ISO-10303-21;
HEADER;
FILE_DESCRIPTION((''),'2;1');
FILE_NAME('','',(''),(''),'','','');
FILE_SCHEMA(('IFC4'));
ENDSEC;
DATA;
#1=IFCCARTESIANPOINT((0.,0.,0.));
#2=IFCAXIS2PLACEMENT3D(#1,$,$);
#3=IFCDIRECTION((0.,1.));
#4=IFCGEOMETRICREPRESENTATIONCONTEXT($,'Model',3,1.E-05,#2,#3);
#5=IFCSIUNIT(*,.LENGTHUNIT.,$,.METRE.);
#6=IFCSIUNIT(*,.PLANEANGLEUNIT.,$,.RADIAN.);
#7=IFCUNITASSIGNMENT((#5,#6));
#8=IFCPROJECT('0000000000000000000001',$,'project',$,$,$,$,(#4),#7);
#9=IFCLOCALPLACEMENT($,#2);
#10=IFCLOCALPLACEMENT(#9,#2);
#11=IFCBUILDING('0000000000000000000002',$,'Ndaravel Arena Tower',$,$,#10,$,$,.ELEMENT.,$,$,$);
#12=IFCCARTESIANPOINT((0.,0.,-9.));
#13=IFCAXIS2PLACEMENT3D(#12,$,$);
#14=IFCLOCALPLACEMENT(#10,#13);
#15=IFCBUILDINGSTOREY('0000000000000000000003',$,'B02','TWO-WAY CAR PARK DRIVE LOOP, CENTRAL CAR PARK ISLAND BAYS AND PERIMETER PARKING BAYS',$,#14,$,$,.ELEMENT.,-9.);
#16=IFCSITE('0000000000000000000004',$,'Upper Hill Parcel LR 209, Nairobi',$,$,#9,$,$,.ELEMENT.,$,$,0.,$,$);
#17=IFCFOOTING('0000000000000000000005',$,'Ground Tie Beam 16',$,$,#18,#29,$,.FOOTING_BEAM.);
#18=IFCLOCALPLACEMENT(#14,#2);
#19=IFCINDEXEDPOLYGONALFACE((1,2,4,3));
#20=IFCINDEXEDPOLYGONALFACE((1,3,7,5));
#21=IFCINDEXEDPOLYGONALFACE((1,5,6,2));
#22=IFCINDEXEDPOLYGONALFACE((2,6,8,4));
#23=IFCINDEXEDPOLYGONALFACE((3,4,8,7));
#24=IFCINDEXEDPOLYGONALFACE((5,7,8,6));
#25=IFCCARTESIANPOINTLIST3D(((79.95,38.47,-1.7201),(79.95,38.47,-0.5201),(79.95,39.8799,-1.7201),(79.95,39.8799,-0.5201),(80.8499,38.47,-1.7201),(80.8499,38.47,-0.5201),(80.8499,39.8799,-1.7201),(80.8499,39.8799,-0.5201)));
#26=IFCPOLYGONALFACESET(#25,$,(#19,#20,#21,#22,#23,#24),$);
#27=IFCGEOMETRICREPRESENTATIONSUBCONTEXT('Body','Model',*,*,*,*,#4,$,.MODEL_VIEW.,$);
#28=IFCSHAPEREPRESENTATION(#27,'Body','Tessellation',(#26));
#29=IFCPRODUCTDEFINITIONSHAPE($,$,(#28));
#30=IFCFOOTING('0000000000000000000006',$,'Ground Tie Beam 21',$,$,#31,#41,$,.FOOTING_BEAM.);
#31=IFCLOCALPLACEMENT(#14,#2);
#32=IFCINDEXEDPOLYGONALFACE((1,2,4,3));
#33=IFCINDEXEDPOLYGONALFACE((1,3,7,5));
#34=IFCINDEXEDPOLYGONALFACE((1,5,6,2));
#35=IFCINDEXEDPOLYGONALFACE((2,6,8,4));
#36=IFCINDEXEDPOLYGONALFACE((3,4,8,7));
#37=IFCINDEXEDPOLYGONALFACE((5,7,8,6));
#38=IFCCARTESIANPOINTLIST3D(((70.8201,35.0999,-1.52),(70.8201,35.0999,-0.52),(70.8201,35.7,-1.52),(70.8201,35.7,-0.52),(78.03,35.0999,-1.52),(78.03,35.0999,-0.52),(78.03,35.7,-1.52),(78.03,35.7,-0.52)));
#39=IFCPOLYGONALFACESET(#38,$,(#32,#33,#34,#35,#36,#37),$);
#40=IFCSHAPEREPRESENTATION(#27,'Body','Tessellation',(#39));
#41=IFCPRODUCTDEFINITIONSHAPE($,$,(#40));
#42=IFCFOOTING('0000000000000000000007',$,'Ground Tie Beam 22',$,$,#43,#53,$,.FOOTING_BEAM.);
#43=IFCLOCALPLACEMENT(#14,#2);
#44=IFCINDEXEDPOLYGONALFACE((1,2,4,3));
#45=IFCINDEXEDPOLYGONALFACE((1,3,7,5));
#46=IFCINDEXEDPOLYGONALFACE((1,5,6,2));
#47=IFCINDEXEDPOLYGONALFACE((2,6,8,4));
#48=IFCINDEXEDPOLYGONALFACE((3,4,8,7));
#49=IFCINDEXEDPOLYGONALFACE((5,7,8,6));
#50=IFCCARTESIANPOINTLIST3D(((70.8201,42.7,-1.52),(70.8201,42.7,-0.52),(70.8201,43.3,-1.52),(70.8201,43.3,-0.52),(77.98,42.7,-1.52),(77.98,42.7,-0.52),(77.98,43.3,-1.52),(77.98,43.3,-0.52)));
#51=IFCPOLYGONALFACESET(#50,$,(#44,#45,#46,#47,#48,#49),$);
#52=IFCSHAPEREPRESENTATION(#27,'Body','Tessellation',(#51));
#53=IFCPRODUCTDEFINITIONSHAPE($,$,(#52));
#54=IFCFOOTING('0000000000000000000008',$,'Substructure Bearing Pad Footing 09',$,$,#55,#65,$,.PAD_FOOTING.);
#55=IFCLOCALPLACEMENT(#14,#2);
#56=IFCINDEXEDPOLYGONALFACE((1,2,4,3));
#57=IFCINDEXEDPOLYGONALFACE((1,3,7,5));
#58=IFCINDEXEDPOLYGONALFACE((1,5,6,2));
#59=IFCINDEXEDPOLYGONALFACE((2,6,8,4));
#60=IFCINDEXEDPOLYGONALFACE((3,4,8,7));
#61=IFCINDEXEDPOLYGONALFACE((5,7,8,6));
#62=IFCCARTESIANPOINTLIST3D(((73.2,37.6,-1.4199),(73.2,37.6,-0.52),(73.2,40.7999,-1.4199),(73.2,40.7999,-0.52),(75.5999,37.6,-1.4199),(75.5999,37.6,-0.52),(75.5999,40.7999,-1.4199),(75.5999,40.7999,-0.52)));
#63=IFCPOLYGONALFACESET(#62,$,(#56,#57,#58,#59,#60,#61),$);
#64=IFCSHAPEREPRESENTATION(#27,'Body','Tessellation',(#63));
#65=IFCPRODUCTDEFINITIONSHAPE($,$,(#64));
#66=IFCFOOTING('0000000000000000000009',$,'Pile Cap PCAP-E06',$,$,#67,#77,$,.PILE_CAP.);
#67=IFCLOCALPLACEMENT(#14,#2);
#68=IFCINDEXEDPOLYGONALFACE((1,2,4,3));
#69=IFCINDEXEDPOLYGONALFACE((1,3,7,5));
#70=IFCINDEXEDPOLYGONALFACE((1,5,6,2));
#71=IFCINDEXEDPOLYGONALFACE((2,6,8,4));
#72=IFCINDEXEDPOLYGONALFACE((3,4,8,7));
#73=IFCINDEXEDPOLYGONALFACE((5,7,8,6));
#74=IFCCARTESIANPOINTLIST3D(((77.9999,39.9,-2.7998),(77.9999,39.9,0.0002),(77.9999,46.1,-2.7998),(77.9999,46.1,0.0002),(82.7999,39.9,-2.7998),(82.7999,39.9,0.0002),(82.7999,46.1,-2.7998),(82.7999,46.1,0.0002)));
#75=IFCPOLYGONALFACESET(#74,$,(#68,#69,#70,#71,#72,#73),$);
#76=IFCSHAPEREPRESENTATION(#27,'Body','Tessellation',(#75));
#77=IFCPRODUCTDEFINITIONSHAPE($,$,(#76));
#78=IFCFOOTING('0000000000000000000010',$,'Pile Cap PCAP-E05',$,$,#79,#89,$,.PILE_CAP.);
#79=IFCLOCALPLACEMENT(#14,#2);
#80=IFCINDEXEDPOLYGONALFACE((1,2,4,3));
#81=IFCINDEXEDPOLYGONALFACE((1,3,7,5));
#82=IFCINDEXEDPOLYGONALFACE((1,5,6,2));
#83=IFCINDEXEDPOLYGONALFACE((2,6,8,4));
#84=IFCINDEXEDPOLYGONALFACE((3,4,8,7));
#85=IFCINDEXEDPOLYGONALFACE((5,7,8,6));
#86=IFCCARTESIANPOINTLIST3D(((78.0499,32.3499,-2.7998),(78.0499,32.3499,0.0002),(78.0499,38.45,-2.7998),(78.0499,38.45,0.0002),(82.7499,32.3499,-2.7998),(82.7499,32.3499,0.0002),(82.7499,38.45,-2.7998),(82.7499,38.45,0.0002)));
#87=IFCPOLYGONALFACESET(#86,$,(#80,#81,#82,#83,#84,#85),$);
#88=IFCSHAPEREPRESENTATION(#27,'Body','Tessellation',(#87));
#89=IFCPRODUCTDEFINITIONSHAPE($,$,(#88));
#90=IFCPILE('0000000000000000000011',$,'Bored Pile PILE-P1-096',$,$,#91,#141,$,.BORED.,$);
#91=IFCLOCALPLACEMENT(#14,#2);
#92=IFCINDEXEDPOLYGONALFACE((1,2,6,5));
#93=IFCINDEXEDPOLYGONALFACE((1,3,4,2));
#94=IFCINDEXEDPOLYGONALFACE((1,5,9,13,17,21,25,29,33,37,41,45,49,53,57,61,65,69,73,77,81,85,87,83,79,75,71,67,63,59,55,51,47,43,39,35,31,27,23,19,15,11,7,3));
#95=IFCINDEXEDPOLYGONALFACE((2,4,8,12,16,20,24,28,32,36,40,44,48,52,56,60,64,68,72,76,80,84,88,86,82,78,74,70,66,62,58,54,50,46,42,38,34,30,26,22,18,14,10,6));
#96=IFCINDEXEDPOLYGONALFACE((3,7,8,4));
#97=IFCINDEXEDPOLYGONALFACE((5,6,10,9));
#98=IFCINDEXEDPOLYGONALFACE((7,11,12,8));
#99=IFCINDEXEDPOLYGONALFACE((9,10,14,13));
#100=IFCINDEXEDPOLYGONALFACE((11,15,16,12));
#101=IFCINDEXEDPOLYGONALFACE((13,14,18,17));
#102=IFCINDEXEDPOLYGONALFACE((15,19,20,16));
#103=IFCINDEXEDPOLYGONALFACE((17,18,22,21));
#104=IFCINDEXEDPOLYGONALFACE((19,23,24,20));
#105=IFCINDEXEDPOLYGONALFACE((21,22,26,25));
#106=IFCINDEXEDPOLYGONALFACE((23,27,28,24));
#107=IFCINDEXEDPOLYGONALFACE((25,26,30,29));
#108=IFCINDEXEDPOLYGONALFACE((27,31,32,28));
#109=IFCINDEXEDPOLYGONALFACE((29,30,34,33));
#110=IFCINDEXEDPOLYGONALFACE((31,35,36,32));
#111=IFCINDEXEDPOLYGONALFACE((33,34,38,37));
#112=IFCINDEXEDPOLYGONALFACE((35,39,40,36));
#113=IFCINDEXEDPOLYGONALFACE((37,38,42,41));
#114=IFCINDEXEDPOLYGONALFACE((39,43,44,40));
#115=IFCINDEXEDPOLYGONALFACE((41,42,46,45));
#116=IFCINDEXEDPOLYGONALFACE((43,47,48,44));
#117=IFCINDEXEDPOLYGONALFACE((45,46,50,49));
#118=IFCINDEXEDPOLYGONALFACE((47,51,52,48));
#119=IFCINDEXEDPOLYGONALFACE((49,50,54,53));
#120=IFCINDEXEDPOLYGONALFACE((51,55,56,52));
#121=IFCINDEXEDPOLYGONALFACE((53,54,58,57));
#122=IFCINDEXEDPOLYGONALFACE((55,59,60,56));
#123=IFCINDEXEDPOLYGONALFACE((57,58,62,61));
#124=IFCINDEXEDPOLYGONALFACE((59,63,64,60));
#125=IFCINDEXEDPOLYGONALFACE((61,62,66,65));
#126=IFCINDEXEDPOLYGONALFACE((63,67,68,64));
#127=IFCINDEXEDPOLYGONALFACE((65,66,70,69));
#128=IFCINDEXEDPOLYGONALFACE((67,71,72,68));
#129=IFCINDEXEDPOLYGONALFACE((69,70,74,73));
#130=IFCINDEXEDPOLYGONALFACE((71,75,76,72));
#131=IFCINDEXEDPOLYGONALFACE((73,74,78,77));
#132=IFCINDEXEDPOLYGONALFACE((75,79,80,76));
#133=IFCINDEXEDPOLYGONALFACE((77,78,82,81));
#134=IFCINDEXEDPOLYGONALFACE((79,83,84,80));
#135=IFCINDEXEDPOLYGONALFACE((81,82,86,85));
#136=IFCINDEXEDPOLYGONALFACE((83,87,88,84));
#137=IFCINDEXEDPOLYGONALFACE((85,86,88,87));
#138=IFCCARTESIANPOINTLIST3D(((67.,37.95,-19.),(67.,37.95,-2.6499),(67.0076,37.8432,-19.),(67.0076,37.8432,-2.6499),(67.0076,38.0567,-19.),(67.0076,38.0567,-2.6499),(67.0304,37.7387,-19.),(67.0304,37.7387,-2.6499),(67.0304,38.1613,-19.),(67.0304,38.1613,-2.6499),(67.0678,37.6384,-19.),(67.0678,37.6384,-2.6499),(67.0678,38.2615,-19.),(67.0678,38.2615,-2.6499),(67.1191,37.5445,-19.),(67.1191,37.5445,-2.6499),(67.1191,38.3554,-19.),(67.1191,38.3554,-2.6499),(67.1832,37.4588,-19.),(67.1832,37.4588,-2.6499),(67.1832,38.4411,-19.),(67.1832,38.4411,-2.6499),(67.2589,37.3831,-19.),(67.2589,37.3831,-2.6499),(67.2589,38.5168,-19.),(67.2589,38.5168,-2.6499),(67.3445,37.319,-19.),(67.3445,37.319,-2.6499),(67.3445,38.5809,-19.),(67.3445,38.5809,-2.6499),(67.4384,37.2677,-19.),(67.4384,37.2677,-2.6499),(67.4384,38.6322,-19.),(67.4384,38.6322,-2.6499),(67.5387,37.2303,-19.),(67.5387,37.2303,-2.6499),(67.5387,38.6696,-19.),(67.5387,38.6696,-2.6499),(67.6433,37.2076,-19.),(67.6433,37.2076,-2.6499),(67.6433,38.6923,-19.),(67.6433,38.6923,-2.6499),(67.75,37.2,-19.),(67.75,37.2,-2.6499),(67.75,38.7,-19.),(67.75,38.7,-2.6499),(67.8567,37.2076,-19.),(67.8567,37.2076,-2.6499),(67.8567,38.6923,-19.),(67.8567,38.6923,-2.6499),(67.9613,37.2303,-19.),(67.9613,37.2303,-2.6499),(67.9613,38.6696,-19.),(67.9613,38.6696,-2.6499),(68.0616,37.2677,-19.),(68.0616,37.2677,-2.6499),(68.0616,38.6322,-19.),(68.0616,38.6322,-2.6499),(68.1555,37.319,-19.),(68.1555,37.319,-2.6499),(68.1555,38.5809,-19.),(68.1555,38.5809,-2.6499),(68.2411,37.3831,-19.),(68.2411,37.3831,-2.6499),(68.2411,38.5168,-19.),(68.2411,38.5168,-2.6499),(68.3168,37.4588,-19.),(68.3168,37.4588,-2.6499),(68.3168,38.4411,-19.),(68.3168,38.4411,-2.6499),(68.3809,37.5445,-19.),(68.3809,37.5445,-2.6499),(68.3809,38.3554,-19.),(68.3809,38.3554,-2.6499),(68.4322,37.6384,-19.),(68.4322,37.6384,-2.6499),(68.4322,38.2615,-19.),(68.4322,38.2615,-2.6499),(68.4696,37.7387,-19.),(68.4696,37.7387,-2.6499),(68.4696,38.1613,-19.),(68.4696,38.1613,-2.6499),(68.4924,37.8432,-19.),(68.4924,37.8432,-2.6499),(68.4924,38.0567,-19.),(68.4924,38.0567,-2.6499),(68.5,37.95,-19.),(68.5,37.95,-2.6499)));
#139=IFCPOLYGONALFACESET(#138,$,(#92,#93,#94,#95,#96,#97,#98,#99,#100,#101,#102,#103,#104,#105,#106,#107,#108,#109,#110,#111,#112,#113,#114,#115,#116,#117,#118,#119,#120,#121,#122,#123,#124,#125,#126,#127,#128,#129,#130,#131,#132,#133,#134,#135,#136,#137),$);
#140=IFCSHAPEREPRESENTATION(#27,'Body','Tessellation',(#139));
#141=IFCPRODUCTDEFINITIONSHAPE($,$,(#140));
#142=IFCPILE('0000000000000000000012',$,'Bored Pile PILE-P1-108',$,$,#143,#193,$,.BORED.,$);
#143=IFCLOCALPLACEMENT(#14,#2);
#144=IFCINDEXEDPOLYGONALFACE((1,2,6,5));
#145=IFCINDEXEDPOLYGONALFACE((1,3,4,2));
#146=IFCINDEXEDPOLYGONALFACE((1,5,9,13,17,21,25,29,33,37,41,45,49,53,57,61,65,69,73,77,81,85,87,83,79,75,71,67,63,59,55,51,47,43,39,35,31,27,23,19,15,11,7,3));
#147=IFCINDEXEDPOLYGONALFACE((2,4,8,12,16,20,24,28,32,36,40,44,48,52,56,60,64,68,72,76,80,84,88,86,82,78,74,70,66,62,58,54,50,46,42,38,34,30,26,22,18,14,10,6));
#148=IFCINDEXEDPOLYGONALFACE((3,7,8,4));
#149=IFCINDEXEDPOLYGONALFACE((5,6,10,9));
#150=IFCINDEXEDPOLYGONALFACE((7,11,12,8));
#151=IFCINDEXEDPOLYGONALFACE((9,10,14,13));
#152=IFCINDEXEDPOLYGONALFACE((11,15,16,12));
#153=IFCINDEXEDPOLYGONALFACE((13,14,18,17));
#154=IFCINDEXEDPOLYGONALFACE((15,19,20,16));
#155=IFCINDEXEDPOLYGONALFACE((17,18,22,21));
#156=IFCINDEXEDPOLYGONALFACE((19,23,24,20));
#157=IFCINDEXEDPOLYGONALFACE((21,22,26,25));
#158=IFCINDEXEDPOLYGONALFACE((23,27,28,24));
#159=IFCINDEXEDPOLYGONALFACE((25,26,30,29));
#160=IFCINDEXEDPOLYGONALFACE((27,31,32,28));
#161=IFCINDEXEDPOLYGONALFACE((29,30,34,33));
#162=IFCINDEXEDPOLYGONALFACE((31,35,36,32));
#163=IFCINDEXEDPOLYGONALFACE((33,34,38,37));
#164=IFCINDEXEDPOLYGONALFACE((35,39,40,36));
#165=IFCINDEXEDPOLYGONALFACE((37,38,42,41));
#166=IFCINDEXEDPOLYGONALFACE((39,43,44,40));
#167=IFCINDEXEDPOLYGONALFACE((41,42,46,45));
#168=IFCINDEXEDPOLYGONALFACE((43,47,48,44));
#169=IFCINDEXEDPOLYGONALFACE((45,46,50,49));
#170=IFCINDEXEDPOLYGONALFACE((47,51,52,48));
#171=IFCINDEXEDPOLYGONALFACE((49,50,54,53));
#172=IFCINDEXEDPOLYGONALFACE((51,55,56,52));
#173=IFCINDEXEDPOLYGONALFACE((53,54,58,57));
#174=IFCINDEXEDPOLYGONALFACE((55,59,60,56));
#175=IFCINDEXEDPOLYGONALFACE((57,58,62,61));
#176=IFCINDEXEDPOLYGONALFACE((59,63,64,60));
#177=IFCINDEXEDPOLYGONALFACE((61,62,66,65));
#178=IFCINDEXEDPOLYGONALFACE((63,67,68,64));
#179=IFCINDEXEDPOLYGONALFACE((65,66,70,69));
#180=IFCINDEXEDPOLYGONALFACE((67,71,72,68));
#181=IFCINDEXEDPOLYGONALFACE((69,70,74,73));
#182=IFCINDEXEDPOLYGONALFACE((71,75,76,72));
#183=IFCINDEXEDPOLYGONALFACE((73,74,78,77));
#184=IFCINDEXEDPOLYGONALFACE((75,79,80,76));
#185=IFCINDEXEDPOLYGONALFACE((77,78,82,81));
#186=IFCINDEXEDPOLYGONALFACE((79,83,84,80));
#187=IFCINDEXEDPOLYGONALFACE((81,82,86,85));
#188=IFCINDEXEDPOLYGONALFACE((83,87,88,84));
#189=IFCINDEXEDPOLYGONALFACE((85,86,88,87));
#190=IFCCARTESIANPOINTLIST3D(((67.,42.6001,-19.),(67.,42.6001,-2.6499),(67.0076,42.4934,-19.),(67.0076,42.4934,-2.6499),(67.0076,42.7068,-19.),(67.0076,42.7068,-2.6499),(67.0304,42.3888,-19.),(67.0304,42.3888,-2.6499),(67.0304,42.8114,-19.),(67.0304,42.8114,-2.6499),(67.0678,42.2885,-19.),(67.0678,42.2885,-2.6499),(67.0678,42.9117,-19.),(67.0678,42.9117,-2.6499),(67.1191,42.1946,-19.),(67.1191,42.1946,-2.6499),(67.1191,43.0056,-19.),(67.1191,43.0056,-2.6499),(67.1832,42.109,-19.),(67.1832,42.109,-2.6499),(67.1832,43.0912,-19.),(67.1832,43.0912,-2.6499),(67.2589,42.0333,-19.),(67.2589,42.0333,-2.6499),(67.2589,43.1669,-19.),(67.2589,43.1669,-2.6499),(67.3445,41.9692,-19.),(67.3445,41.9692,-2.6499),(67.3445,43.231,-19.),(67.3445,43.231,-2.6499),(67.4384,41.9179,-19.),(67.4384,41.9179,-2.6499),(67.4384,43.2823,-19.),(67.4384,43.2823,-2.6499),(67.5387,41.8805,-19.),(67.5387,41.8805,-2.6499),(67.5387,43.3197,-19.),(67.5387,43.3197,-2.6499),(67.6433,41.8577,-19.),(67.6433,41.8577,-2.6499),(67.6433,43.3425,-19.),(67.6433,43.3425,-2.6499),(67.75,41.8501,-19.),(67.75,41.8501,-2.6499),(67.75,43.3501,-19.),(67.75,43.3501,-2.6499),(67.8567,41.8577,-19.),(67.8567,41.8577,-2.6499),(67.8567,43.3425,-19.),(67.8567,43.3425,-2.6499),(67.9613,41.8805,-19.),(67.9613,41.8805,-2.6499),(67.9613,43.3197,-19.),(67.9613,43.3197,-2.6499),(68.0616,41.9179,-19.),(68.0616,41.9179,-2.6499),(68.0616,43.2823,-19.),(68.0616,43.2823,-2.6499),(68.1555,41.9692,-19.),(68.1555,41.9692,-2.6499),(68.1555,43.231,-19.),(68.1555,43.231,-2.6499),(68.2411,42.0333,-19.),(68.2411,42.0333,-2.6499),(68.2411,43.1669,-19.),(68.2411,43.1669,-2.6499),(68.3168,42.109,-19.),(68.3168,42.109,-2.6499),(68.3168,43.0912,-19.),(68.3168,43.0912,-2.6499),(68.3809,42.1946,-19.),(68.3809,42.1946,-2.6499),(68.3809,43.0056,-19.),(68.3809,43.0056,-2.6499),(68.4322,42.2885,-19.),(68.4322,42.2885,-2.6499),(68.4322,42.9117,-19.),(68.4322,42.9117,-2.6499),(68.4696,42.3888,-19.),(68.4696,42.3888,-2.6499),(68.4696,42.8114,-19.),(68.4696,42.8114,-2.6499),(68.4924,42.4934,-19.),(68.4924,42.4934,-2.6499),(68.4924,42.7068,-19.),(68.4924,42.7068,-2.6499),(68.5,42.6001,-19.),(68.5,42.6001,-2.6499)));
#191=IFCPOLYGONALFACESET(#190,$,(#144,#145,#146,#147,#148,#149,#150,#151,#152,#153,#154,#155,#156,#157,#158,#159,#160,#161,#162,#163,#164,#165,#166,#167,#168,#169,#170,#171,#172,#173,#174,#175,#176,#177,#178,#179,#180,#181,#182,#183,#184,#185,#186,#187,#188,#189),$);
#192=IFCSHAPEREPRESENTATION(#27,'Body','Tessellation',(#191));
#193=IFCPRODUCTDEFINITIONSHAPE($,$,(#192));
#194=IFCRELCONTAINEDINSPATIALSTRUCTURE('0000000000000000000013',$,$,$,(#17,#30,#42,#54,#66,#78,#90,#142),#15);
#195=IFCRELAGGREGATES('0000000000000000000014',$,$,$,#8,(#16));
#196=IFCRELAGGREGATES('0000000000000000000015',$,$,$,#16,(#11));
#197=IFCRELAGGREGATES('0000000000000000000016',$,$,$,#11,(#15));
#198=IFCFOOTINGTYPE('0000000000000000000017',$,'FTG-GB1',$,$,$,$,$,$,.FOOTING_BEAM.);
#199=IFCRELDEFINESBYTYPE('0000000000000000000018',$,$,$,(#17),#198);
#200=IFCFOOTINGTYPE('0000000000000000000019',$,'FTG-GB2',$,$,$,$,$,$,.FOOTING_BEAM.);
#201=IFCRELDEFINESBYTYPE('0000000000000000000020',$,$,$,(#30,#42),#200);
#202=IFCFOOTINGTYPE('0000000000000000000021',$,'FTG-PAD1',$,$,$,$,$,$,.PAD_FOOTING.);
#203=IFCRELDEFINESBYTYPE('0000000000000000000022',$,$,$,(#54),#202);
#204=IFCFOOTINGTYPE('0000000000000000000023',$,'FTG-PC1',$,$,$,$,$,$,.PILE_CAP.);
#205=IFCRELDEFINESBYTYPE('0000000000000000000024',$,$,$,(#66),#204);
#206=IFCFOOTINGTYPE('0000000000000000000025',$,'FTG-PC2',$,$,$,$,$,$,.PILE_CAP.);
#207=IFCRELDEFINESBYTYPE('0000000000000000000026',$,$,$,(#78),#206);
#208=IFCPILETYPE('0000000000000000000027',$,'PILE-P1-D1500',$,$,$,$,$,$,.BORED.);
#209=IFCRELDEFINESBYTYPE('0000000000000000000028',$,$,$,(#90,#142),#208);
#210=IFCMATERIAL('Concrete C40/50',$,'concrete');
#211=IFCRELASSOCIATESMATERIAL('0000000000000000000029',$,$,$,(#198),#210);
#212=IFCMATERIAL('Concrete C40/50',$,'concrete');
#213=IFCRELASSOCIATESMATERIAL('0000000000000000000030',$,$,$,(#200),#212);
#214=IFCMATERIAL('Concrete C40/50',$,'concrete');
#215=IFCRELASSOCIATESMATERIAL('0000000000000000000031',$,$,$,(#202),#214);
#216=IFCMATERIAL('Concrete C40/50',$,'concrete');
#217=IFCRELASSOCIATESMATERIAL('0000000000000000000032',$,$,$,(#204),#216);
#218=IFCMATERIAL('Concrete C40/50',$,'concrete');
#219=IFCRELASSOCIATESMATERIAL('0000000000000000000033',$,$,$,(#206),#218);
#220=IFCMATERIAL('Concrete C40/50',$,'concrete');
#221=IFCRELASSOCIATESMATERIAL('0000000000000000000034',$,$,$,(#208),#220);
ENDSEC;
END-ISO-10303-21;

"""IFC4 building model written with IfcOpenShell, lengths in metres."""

from ifc_helpers import new_model, si_unit, direction, frame, origin, origin_2d, place, context, subcontext, project, spatial, rectangle, circle, extrude, material, material_profile, profile_set, type_object, element, save


model = new_model("IFC4")

# Units and contexts
model_context = context("Model", 3, precision=1e-05, world=origin(), true_north=direction((0.0, 1.0)))
body_context = subcontext(model_context, "Body", "Model", "MODEL_VIEW")
ifc_project = project(units=[si_unit("LENGTHUNIT", "METRE"), si_unit("PLANEANGLEUNIT", "RADIAN")], contexts=[model_context])

# Site, building, storey
site_placement = place(None, origin())
site = spatial("IfcSite", under=ifc_project, at=site_placement, Name="Upper Hill Parcel LR 209, Nairobi", CompositionType="ELEMENT", RefElevation=0.0)
building_placement = place(site_placement, origin())
building = spatial("IfcBuilding", under=site, at=building_placement, Name="Ndaravel Arena Tower", CompositionType="ELEMENT")
storey_placement = place(building_placement, frame((0.0, 0.0, -9.0)))
storey = spatial("IfcBuildingStorey", under=building, at=storey_placement, Name="B02", Description="TWO-WAY CAR PARK DRIVE LOOP, CENTRAL CAR PARK ISLAND BAYS AND PERIMETER PARKING BAYS", CompositionType="ELEMENT", Elevation=-9.0)

# Footings
ifc_material_1 = material(Name="Concrete C40/50", Category="concrete")
ifc_material_profile_1 = material_profile(ifc_material_1, rectangle(XDim=0.8999, YDim=1.2, at=origin_2d()), Name="RC 900x1200")
ifc_profile_set_1 = profile_set([ifc_material_profile_1], Name="Concrete C40/50")
footing_type_1 = type_object("IfcFootingType", Name="FTG-GB1", PredefinedType="FOOTING_BEAM", material=ifc_profile_set_1)
footing_1_placement = place(storey_placement, frame((80.3999, 38.47, -1.1201), z_axis=(0.0, 1.0, 0.0), x_axis=(-1.0, 0.0, 0.0)))
element("IfcFooting", 1, at=footing_1_placement, inside=storey, type_object=footing_type_1, Name="Ground Tie Beam 16", PredefinedType="FOOTING_BEAM", context=body_context, shape_type="SweptSolid", body=[
    extrude(rectangle(XDim=0.8999, YDim=1.2, at=origin_2d()), origin(), (0.0, 0.0, 1.0), 1.4099),
])
ifc_material_2 = material(Name="Concrete C40/50", Category="concrete")
ifc_material_profile_2 = material_profile(ifc_material_2, rectangle(XDim=0.6001, YDim=1.0, at=origin_2d()), Name="RC 600x1000")
ifc_profile_set_2 = profile_set([ifc_material_profile_2], Name="Concrete C40/50")
footing_type_2 = type_object("IfcFootingType", Name="FTG-GB2", PredefinedType="FOOTING_BEAM", material=ifc_profile_set_2)
footing_2_placement = place(storey_placement, frame((70.8201, 35.3999, -1.02), z_axis=(1.0, 0.0, 0.0), x_axis=(0.0, 1.0, 0.0)))
element("IfcFooting", 2, at=footing_2_placement, inside=storey, type_object=footing_type_2, Name="Ground Tie Beam 21", PredefinedType="FOOTING_BEAM", context=body_context, shape_type="SweptSolid", body=[
    extrude(rectangle(XDim=0.6001, YDim=1.0, at=origin_2d()), origin(), (0.0, 0.0, 1.0), 7.21),
])
footing_3_placement = place(storey_placement, frame((70.8201, 43.0, -1.02), z_axis=(1.0, 0.0, 0.0), x_axis=(0.0, 1.0, 0.0)))
element("IfcFooting", 3, at=footing_3_placement, inside=storey, type_object=footing_type_2, Name="Ground Tie Beam 22", PredefinedType="FOOTING_BEAM", context=body_context, shape_type="SweptSolid", body=[
    extrude(rectangle(XDim=0.6001, YDim=1.0, at=origin_2d()), origin(), (0.0, 0.0, 1.0), 7.1599),
])
ifc_material_3 = material(Name="Concrete C40/50", Category="concrete")
footing_type_3 = type_object("IfcFootingType", Name="FTG-PAD1", PredefinedType="PAD_FOOTING", material=ifc_material_3)
footing_4_placement = place(storey_placement, frame((74.3999, 39.2, -1.4199), z_axis=(0.0, 0.0, 1.0), x_axis=(1.0, 0.0, 0.0)))
element("IfcFooting", 4, at=footing_4_placement, inside=storey, type_object=footing_type_3, Name="Substructure Bearing Pad Footing 09", PredefinedType="PAD_FOOTING", context=body_context, shape_type="SweptSolid", body=[
    extrude(rectangle(XDim=2.3999, YDim=3.2, at=origin_2d()), origin(), (0.0, 0.0, 1.0), 0.8999),
])
ifc_material_4 = material(Name="Concrete C40/50", Category="concrete")
footing_type_4 = type_object("IfcFootingType", Name="FTG-PC1", PredefinedType="PILE_CAP", material=ifc_material_4)
footing_5_placement = place(storey_placement, frame((80.3999, 43.0, -2.7998), z_axis=(0.0, 0.0, 1.0), x_axis=(1.0, 0.0, 0.0)))
element("IfcFooting", 5, at=footing_5_placement, inside=storey, type_object=footing_type_4, Name="Pile Cap PCAP-E06", PredefinedType="PILE_CAP", context=body_context, shape_type="SweptSolid", body=[
    extrude(rectangle(XDim=4.8, YDim=6.2, at=origin_2d()), origin(), (0.0, 0.0, 1.0), 2.8),
])
ifc_material_5 = material(Name="Concrete C40/50", Category="concrete")
footing_type_5 = type_object("IfcFootingType", Name="FTG-PC2", PredefinedType="PILE_CAP", material=ifc_material_5)
footing_6_placement = place(storey_placement, frame((80.3999, 35.3999, -2.7998), z_axis=(0.0, 0.0, 1.0), x_axis=(1.0, 0.0, 0.0)))
element("IfcFooting", 6, at=footing_6_placement, inside=storey, type_object=footing_type_5, Name="Pile Cap PCAP-E05", PredefinedType="PILE_CAP", context=body_context, shape_type="SweptSolid", body=[
    extrude(rectangle(XDim=4.7, YDim=6.1001, at=origin_2d()), origin(), (0.0, 0.0, 1.0), 2.8),
])

# Piles
ifc_material_6 = material(Name="Concrete C40/50", Category="concrete")
ifc_material_profile_3 = material_profile(ifc_material_6, circle(Radius=0.75, at=origin_2d()), Name="BORED PILE D1500")
ifc_profile_set_3 = profile_set([ifc_material_profile_3], Name="Concrete C40/50")
pile_type_1 = type_object("IfcPileType", Name="PILE-P1-D1500", PredefinedType="BORED", material=ifc_profile_set_3)
for number, where, z_axis, x_axis, name in (
    (7, (67.75, 37.95, -2.6499), (0.0, 0.0, -1.0), (1.0, 0.0, 0.0), "Bored Pile PILE-P1-096"),
    (8, (67.75, 42.6001, -2.6499), (0.0, 0.0, -1.0), (1.0, 0.0, 0.0), "Bored Pile PILE-P1-108"),
):
    element("IfcPile", number, at=place(storey_placement, frame(where, z_axis=z_axis, x_axis=x_axis)), inside=storey, type_object=pile_type_1, Name=name, PredefinedType="BORED", context=body_context, shape_type="SweptSolid", body=[
        extrude(circle(Radius=0.75, at=origin_2d()), origin(), (0.0, 0.0, 1.0), 16.3501),
    ])

save(model, "model.ifc")
